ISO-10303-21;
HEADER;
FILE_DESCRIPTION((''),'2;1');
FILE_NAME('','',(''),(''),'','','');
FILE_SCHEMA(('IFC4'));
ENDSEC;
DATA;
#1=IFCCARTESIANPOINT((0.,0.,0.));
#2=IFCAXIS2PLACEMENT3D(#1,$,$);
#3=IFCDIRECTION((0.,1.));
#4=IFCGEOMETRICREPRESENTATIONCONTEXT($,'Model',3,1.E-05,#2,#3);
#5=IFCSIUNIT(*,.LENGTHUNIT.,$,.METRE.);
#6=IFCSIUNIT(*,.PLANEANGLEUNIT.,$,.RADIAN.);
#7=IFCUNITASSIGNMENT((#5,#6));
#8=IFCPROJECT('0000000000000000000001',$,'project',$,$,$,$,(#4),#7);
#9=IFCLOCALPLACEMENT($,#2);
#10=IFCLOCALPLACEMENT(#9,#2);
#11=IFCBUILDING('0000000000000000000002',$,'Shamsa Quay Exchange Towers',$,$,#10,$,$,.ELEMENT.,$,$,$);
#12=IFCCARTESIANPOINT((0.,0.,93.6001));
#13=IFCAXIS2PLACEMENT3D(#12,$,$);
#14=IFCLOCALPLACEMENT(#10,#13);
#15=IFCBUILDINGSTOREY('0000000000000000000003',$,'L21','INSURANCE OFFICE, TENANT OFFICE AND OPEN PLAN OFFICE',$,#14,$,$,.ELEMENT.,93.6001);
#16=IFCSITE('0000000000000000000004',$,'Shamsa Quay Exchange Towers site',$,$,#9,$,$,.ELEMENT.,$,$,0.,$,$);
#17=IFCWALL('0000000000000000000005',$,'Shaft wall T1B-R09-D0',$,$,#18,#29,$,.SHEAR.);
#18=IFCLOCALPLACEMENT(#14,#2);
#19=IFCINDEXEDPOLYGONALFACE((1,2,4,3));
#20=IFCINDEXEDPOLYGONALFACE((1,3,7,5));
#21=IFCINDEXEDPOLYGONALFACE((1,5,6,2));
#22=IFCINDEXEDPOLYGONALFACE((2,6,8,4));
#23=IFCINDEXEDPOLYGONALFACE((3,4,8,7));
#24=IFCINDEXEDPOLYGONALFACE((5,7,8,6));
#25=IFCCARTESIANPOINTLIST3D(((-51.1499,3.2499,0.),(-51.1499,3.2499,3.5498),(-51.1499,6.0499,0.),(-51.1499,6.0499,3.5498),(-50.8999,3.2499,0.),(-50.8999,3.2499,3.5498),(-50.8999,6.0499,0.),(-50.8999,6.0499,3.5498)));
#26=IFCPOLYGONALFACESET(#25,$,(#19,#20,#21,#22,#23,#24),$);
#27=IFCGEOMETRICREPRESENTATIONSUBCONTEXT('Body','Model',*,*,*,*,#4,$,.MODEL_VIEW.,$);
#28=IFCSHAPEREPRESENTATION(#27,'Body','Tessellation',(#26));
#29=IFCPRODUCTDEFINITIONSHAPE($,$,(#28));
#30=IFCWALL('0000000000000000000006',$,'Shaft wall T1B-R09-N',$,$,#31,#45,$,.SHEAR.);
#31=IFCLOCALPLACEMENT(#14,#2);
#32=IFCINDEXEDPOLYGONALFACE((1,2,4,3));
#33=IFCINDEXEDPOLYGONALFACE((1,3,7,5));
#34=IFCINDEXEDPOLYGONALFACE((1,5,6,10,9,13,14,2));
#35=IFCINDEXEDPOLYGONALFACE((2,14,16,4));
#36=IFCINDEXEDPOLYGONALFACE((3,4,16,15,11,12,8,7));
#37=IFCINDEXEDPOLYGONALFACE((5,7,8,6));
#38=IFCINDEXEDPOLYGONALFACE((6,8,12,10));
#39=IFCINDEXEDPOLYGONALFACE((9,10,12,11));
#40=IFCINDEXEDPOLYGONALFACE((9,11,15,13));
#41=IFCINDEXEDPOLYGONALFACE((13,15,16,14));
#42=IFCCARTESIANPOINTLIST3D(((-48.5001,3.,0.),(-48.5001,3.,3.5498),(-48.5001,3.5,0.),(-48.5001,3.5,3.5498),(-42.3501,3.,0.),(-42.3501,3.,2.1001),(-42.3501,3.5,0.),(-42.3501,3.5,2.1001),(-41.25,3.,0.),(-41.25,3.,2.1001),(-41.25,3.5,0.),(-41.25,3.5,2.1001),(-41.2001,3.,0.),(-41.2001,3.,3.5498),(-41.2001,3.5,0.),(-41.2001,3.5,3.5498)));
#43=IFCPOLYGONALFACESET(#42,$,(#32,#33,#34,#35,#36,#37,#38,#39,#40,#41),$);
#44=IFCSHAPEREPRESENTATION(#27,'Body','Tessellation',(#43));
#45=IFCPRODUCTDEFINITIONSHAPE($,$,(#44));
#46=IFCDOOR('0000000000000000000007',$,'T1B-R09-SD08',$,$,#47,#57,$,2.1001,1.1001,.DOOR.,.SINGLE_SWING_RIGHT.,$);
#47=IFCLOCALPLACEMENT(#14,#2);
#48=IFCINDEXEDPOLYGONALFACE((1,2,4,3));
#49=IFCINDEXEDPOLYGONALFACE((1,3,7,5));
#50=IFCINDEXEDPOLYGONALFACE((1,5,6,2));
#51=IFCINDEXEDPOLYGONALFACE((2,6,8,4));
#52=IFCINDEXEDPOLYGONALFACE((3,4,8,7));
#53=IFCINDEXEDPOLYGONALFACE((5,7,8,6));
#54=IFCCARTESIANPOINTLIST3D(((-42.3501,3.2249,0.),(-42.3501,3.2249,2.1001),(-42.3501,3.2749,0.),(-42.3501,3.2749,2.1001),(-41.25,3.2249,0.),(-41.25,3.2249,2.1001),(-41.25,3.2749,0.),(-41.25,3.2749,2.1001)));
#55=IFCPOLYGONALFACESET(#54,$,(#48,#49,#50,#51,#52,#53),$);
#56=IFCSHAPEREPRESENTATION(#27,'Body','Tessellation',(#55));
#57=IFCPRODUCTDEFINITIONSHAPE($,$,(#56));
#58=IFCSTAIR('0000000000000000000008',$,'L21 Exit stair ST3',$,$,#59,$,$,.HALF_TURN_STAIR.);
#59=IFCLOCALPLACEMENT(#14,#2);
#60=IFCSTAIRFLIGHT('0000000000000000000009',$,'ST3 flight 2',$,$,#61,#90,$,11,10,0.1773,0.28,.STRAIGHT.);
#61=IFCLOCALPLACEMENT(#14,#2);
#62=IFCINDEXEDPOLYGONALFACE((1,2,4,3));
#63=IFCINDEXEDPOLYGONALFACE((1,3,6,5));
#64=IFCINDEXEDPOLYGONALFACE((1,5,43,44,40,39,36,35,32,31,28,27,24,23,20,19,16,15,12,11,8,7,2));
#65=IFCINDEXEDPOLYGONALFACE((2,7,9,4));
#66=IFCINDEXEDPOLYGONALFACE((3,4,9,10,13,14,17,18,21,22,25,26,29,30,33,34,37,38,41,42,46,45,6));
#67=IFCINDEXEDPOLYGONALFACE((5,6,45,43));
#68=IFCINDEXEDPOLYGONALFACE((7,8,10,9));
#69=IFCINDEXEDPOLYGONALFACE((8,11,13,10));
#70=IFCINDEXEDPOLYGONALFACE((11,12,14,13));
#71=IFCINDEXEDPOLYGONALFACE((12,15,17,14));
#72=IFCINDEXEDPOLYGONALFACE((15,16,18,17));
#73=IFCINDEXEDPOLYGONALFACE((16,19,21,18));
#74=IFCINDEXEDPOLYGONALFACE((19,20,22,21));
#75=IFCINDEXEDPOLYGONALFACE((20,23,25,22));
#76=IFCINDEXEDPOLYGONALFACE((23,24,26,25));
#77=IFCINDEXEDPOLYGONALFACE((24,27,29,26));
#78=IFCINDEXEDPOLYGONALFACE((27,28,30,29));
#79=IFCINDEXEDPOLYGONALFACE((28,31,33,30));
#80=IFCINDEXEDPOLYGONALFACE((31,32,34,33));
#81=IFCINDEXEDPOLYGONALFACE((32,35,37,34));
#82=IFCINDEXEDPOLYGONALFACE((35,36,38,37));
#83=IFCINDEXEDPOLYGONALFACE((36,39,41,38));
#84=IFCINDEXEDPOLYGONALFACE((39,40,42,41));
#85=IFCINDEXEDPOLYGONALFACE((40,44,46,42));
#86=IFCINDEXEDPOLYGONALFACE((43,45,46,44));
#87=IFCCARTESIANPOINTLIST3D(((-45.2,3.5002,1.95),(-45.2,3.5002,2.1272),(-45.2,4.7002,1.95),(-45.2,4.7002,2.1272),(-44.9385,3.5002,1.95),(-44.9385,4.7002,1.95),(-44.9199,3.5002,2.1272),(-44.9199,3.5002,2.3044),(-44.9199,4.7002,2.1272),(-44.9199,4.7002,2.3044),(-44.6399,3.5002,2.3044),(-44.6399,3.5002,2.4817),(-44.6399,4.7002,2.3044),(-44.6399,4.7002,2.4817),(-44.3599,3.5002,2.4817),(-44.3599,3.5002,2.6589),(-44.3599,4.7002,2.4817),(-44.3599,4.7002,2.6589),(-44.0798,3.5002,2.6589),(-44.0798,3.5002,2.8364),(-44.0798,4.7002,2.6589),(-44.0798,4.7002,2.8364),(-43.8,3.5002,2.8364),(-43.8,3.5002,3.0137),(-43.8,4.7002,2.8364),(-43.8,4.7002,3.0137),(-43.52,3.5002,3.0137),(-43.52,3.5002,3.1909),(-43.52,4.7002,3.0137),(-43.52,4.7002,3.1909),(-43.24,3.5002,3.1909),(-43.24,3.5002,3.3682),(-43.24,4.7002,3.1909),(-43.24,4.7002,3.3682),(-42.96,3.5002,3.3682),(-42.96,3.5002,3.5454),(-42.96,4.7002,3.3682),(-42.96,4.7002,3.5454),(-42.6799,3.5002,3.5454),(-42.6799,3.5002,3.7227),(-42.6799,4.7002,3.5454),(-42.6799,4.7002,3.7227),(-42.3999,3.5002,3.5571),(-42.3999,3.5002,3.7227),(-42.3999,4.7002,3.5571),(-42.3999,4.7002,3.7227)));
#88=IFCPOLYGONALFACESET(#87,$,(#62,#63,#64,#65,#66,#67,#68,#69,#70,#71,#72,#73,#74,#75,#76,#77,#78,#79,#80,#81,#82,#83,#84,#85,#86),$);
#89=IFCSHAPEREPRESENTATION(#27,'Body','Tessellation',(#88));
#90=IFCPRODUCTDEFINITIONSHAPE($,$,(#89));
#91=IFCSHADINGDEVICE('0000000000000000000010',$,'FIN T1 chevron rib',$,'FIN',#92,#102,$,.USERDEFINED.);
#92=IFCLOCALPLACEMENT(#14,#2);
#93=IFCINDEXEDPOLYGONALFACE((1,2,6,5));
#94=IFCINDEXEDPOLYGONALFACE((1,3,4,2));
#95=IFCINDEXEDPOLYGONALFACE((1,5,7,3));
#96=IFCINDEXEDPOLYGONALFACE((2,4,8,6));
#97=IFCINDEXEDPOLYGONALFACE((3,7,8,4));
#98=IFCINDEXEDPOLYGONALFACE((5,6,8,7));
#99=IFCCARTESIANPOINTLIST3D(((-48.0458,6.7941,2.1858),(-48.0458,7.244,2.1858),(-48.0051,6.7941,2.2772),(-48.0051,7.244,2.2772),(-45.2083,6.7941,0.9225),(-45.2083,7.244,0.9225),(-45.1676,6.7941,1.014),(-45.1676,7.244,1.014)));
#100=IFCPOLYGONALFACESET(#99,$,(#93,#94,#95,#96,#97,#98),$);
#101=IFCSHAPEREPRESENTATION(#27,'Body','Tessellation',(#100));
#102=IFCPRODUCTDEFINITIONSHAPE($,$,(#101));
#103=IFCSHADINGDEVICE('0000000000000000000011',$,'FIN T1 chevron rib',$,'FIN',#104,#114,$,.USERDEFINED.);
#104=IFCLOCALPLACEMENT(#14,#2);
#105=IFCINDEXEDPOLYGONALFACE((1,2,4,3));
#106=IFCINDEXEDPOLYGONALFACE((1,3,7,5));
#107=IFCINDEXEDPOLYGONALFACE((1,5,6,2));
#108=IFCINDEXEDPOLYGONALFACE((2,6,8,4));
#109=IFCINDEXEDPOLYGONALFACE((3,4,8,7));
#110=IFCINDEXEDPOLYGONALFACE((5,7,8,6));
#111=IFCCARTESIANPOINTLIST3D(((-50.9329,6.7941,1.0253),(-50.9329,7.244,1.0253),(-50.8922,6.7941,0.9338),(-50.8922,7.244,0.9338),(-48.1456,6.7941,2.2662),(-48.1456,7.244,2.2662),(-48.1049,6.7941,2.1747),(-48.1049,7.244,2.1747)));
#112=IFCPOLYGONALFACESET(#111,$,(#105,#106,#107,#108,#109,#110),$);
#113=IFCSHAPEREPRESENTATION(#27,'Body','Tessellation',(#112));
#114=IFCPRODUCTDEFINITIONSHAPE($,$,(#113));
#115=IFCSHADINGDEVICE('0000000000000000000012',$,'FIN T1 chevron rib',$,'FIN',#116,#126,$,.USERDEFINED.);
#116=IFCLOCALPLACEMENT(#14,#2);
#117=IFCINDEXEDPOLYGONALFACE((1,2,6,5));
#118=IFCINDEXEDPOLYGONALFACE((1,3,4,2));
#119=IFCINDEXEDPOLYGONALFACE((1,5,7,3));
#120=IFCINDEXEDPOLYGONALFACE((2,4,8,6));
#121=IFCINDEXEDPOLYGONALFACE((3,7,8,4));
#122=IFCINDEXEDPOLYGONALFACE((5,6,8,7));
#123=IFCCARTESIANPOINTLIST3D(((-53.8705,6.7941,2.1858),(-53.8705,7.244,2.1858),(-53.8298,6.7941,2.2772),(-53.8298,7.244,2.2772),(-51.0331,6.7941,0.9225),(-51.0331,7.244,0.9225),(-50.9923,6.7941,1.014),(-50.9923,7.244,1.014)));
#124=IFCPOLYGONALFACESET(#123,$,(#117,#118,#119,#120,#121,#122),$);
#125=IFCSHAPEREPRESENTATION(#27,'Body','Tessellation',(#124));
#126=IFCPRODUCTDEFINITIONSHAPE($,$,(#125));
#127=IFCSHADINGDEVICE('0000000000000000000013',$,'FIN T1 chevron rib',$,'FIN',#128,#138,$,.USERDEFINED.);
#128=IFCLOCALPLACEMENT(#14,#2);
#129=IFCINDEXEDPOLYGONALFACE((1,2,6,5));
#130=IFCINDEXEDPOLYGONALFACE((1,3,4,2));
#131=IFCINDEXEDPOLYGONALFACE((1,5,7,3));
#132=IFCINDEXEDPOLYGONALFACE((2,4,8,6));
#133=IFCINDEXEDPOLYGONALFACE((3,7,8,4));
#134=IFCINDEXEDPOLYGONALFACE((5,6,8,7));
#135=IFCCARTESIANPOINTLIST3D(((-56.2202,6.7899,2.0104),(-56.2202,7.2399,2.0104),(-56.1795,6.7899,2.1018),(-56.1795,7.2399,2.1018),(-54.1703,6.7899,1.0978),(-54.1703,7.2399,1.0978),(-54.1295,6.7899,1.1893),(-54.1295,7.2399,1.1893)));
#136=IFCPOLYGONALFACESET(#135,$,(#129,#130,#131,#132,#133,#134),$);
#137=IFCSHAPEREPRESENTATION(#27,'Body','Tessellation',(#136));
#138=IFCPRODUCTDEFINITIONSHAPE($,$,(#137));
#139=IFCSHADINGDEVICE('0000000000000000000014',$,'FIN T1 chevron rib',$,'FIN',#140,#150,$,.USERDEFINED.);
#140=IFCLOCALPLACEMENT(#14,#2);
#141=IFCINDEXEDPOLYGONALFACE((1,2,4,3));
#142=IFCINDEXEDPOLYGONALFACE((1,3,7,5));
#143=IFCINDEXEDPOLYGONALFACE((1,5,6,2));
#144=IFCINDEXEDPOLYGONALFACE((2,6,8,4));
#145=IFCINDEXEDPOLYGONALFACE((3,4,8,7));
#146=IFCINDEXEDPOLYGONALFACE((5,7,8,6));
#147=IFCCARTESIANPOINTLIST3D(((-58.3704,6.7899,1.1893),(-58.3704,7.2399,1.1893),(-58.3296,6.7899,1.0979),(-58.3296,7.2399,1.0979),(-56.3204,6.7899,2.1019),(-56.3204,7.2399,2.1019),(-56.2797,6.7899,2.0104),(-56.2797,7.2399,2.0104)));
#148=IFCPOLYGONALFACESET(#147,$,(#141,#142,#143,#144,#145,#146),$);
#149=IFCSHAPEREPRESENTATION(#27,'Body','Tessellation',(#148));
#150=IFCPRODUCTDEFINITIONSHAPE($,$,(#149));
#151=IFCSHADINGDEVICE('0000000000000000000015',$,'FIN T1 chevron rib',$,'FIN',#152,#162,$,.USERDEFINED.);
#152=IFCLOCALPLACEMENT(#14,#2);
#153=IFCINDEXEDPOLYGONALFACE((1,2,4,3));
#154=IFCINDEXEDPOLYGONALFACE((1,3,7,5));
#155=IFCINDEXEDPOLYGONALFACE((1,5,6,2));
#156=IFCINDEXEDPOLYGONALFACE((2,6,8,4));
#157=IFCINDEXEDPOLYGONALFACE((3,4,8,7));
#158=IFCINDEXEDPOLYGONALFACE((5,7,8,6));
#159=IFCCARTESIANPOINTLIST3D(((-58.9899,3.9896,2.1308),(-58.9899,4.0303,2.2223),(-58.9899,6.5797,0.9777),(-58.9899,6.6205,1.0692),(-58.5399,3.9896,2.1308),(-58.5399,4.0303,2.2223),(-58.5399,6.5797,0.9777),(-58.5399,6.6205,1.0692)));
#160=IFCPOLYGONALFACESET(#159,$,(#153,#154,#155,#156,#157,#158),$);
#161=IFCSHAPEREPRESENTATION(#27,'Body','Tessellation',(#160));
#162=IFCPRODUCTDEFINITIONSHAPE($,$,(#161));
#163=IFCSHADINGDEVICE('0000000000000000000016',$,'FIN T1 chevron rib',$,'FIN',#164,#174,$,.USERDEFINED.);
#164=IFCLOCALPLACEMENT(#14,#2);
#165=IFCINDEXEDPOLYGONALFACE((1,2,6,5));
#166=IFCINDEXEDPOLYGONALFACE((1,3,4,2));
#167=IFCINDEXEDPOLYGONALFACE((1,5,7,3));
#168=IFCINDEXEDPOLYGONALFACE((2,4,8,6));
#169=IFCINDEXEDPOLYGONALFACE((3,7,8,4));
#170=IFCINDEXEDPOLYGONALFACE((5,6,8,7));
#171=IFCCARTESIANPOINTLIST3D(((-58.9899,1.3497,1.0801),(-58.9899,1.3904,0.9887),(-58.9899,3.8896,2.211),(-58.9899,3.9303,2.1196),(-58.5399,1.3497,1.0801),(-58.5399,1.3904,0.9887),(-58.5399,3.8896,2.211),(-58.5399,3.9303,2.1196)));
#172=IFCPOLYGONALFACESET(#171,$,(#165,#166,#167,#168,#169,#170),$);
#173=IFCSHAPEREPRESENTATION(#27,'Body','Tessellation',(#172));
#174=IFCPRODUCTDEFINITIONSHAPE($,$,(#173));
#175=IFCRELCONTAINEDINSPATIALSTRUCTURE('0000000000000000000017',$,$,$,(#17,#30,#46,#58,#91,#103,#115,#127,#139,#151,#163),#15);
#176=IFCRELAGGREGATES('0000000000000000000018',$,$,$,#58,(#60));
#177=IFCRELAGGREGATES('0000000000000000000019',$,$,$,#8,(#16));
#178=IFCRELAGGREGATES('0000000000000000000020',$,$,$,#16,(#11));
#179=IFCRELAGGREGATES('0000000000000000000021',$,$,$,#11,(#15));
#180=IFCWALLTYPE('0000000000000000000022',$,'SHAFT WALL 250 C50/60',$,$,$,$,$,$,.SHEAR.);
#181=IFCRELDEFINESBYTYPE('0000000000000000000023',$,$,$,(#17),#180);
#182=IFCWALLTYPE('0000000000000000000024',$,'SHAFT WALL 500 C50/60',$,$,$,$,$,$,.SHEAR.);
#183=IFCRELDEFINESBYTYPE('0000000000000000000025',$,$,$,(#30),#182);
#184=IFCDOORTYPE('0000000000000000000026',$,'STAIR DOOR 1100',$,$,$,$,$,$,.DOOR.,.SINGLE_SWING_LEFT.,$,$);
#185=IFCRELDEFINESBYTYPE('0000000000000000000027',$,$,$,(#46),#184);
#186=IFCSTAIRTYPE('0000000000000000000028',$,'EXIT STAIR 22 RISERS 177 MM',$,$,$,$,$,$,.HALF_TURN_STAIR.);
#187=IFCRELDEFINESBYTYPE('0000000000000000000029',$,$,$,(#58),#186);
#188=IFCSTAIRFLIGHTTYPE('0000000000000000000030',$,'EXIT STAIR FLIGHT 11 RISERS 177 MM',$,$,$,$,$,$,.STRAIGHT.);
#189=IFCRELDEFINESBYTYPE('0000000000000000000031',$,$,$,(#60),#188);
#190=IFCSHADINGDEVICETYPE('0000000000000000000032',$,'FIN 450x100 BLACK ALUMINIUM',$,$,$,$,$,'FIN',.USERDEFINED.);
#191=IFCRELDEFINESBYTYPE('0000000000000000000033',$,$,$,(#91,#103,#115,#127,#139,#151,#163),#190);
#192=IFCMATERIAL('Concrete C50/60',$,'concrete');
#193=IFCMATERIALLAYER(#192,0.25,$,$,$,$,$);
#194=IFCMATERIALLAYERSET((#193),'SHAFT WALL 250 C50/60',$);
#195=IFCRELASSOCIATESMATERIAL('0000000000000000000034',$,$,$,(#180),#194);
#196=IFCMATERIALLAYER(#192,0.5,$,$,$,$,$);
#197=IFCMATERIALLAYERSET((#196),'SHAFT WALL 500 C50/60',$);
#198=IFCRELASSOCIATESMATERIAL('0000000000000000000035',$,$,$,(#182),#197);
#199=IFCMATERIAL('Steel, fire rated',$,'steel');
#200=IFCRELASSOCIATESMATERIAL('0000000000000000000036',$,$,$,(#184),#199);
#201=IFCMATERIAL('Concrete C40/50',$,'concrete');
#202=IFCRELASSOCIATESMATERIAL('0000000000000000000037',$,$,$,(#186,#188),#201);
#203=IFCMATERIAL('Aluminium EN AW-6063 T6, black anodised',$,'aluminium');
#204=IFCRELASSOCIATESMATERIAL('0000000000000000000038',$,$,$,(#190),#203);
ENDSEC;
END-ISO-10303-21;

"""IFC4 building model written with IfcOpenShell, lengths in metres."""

from ifc_helpers import new_model, si_unit, direction, frame, frame_2d, origin, origin_2d, place, context, subcontext, project, spatial, polyline, rectangle, outline, extrude, material, layer, layer_set, material_profile, profile_set, type_object, element, fill, aggregate, save


model = new_model("IFC4")

# Units and contexts
model_context = context("Model", 3, precision=1e-05, world=origin(), true_north=direction((0.0, 1.0)))
body_context = subcontext(model_context, "Body", "Model", "MODEL_VIEW")
ifc_project = project(units=[si_unit("LENGTHUNIT", "METRE"), si_unit("PLANEANGLEUNIT", "RADIAN")], contexts=[model_context])

# Site, building, storey
site_placement = place(None, origin())
site = spatial("IfcSite", under=ifc_project, at=site_placement, Name="Shamsa Quay Exchange Towers site", CompositionType="ELEMENT", RefElevation=0.0)
building_placement = place(site_placement, origin())
building = spatial("IfcBuilding", under=site, at=building_placement, Name="Shamsa Quay Exchange Towers", CompositionType="ELEMENT")
storey_placement = place(building_placement, frame((0.0, 0.0, 93.6001)))
storey = spatial("IfcBuildingStorey", under=building, at=storey_placement, Name="L21", Description="INSURANCE OFFICE, TENANT OFFICE AND OPEN PLAN OFFICE", CompositionType="ELEMENT", Elevation=93.6001)

# Shared definitions
ifc_material_1 = material(Name="Aluminium EN AW-6063 T6, black anodised", Category="aluminium")

# Shared definitions
ifc_material_2 = material(Name="Concrete C50/60", Category="concrete")
ifc_layer_1 = layer(ifc_material_2, 0.25)
ifc_layer_set_1 = layer_set([ifc_layer_1], Name="SHAFT WALL 250 C50/60")
wall_type_1 = type_object("IfcWallType", Name="SHAFT WALL 250 C50/60", PredefinedType="SHEAR", material=ifc_layer_set_1)
ifc_material_3 = material(Name="Steel, fire rated", Category="steel")

# Wall
for number, where, z_axis, x_axis, name in (
    (1, (-51.0249, 3.25, 0.0), (0.0, 0.0, 1.0), (0.0, 1.0, 0.0), "Shaft wall T1B-R09-D0"),
):
    element("IfcWall", number, at=place(storey_placement, frame(where, z_axis=z_axis, x_axis=x_axis)), inside=storey, type_object=wall_type_1, Name=name, PredefinedType="SHEAR", context=body_context, shape_type="SweptSolid", body=[
        extrude(rectangle(XDim=2.8, YDim=0.25, at=frame_2d((1.3999, 0.0))), origin(), (0.0, 0.0, 1.0), 3.5498),
    ])

# Wall, opening, door
ifc_layer_2 = layer(ifc_material_2, 0.5)
ifc_layer_set_2 = layer_set([ifc_layer_2], Name="SHAFT WALL 500 C50/60")
wall_type_2 = type_object("IfcWallType", Name="SHAFT WALL 500 C50/60", PredefinedType="SHEAR", material=ifc_layer_set_2)
wall_1_placement = place(storey_placement, frame((-48.5, 3.25, 0.0)))
wall_1 = element("IfcWall", 2, at=wall_1_placement, inside=storey, type_object=wall_type_2, Name="Shaft wall T1B-R09-N", PredefinedType="SHEAR", context=body_context, shape_type="SweptSolid", body=[
    extrude(rectangle(XDim=7.3, YDim=0.5, at=frame_2d((3.6499, 0.0))), origin(), (0.0, 0.0, 1.0), 3.5498),
])
opening_1_placement = place(wall_1_placement, frame((6.1499, 0.0, 0.0)))
opening_1 = element("IfcOpeningElement", 3, at=opening_1_placement, cuts=wall_1, PredefinedType="OPENING", context=body_context, shape_type="SweptSolid", body=[
    extrude(rectangle(XDim=1.1001, YDim=2.1001, at=frame_2d((0.55, 1.05))), frame((0.0, 0.26, 0.0), z_axis=(0.0, -1.0, 0.0), x_axis=(1.0, 0.0, 0.0)), (0.0, 0.0, 1.0), 0.52),
])
door_type_1 = type_object("IfcDoorType", Name="STAIR DOOR 1100", OperationType="SINGLE_SWING_LEFT", PredefinedType="DOOR", material=ifc_material_3)
door_1_placement = place(opening_1_placement, origin())
door_1 = element("IfcDoor", 4, at=door_1_placement, inside=storey, type_object=door_type_1, Name="T1B-R09-SD08", OperationType="SINGLE_SWING_RIGHT", OverallHeight=2.1001, OverallWidth=1.1001, PredefinedType="DOOR", context=body_context, shape_type="SweptSolid", body=[
    extrude(rectangle(XDim=1.1001, YDim=2.1001, at=frame_2d((0.55, 1.05))), frame((0.0, 0.0249, 0.0), z_axis=(0.0, -1.0, 0.0), x_axis=(1.0, 0.0, 0.0)), (0.0, 0.0, 1.0), 0.05),
])
fill(opening_1, door_1)

# Stair, stair flight
ifc_material_4 = material(Name="Concrete C40/50", Category="concrete")
stair_type = type_object("IfcStairType", Name="EXIT STAIR 22 RISERS 177 MM", PredefinedType="HALF_TURN_STAIR", material=ifc_material_4)
stair_placement = place(storey_placement, origin())
stair = element("IfcStair", 5, at=stair_placement, inside=storey, type_object=stair_type, Name="L21 Exit stair ST3", PredefinedType="HALF_TURN_STAIR")
stair_flight_type = type_object("IfcStairFlightType", Name="EXIT STAIR FLIGHT 11 RISERS 177 MM", PredefinedType="STRAIGHT", material=ifc_material_4)
stair_flight_placement = place(storey_placement, frame((-45.2, 4.1001, 1.95)))
stair_flight = element("IfcStairFlight", 6, at=stair_flight_placement, type_object=stair_flight_type, Name="ST3 flight 2", NumberOfRisers=11, NumberOfTreads=10, PredefinedType="STRAIGHT", RiserHeight=0.1773, TreadLength=0.28, context=body_context, shape_type="SweptSolid", body=[
    extrude(outline(polyline([(0.0, 0.0), (0.0, 0.1772), (0.28, 0.1772), (0.28, 0.3545), (0.5601, 0.3545), (0.5601, 0.5317), (0.8401, 0.5317), (0.8401, 0.709), (1.1201, 0.709), (1.1201, 0.8865), (1.3999, 0.8865), (1.3999, 1.0637), (1.6799, 1.0637), (1.6799, 1.241), (1.96, 1.241), (1.96, 1.4182), (2.24, 1.4182), (2.24, 1.5955), (2.52, 1.5955), (2.52, 1.7727), (2.8, 1.7727), (2.8, 1.95), (2.8, 1.6072), (0.2615, 0.0), (0.0, 0.0)])), frame((0.0, 0.6001, 0.0), z_axis=(0.0, -1.0, 0.0), x_axis=(1.0, 0.0, 0.0)), (0.0, 0.0, 1.0), 1.2),
])
aggregate(stair, [stair_flight])

# Shading devices
ifc_material_profile_1 = material_profile(ifc_material_1, rectangle(XDim=0.45, YDim=0.1001, at=origin_2d()), Name="FIN450x100")
ifc_profile_set_1 = profile_set([ifc_material_profile_1], Name="Aluminium EN AW-6063 T6, black anodised")
shading_device_type = type_object("IfcShadingDeviceType", Name="FIN 450x100 BLACK ALUMINIUM", ElementType="FIN", PredefinedType="USERDEFINED", material=ifc_profile_set_1)
shading_device_1_placement = place(storey_placement, frame((-45.188, 7.019, 0.9683), z_axis=(-0.913559, 0.0, 0.406707), x_axis=(0.0, -1.0, 0.0)))
element("IfcShadingDevice", 7, at=shading_device_1_placement, inside=storey, type_object=shading_device_type, Name="FIN T1 chevron rib", ObjectType="FIN", PredefinedType="USERDEFINED", context=body_context, shape_type="SweptSolid", body=[
    extrude(rectangle(XDim=0.45, YDim=0.1001, at=origin_2d()), origin(), (0.0, 0.0, 1.0), 3.106),
])
shading_device_2_placement = place(storey_placement, frame((-48.1252, 7.019, 2.2205), z_axis=(-0.913551, 0.0, -0.406725), x_axis=(0.0, -1.0, 0.0)))
element("IfcShadingDevice", 8, at=shading_device_2_placement, inside=storey, type_object=shading_device_type, Name="FIN T1 chevron rib", ObjectType="FIN", PredefinedType="USERDEFINED", context=body_context, shape_type="SweptSolid", body=[
    extrude(rectangle(XDim=0.45, YDim=0.1001, at=origin_2d()), origin(), (0.0, 0.0, 1.0), 3.051),
])
shading_device_3_placement = place(storey_placement, frame((-51.0127, 7.019, 0.9683), z_axis=(-0.913559, 0.0, 0.406707), x_axis=(0.0, -1.0, 0.0)))
element("IfcShadingDevice", 9, at=shading_device_3_placement, inside=storey, type_object=shading_device_type, Name="FIN T1 chevron rib", ObjectType="FIN", PredefinedType="USERDEFINED", context=body_context, shape_type="SweptSolid", body=[
    extrude(rectangle(XDim=0.45, YDim=0.1001, at=origin_2d()), origin(), (0.0, 0.0, 1.0), 3.106),
])
for number, where, z_axis, x_axis, name in (
    (10, (-54.1499, 7.0149, 1.1436), (-0.913569, 0.0, 0.406684), (0.0, -1.0, 0.0), "FIN T1 chevron rib"),
    (11, (-56.3, 7.0149, 2.0562), (-0.913569, 0.0, -0.406684), (0.0, -1.0, 0.0), "FIN T1 chevron rib"),
):
    element("IfcShadingDevice", number, at=place(storey_placement, frame(where, z_axis=z_axis, x_axis=x_axis)), inside=storey, type_object=shading_device_type, Name=name, ObjectType="FIN", PredefinedType="USERDEFINED", context=body_context, shape_type="SweptSolid", body=[
        extrude(rectangle(XDim=0.45, YDim=0.1001, at=origin_2d()), origin(), (0.0, 0.0, 1.0), 2.2439),
    ])
shading_device_4_placement = place(storey_placement, frame((-58.7649, 6.6001, 1.0234), z_axis=(0.0, -0.913559, 0.406706), x_axis=(1.0, 0.0, 0.0)))
element("IfcShadingDevice", 12, at=shading_device_4_placement, inside=storey, type_object=shading_device_type, Name="FIN T1 chevron rib", ObjectType="FIN", PredefinedType="USERDEFINED", context=body_context, shape_type="SweptSolid", body=[
    extrude(rectangle(XDim=0.45, YDim=0.1001, at=origin_2d()), origin(), (0.0, 0.0, 1.0), 2.8352),
])
shading_device_5_placement = place(storey_placement, frame((-58.7649, 3.9099, 2.1653), z_axis=(0.0, -0.913536, -0.406758), x_axis=(1.0, 0.0, 0.0)))
element("IfcShadingDevice", 13, at=shading_device_5_placement, inside=storey, type_object=shading_device_type, Name="FIN T1 chevron rib", ObjectType="FIN", PredefinedType="USERDEFINED", context=body_context, shape_type="SweptSolid", body=[
    extrude(rectangle(XDim=0.45, YDim=0.1001, at=origin_2d()), origin(), (0.0, 0.0, 1.0), 2.7803),
])

save(model, "model.ifc")
